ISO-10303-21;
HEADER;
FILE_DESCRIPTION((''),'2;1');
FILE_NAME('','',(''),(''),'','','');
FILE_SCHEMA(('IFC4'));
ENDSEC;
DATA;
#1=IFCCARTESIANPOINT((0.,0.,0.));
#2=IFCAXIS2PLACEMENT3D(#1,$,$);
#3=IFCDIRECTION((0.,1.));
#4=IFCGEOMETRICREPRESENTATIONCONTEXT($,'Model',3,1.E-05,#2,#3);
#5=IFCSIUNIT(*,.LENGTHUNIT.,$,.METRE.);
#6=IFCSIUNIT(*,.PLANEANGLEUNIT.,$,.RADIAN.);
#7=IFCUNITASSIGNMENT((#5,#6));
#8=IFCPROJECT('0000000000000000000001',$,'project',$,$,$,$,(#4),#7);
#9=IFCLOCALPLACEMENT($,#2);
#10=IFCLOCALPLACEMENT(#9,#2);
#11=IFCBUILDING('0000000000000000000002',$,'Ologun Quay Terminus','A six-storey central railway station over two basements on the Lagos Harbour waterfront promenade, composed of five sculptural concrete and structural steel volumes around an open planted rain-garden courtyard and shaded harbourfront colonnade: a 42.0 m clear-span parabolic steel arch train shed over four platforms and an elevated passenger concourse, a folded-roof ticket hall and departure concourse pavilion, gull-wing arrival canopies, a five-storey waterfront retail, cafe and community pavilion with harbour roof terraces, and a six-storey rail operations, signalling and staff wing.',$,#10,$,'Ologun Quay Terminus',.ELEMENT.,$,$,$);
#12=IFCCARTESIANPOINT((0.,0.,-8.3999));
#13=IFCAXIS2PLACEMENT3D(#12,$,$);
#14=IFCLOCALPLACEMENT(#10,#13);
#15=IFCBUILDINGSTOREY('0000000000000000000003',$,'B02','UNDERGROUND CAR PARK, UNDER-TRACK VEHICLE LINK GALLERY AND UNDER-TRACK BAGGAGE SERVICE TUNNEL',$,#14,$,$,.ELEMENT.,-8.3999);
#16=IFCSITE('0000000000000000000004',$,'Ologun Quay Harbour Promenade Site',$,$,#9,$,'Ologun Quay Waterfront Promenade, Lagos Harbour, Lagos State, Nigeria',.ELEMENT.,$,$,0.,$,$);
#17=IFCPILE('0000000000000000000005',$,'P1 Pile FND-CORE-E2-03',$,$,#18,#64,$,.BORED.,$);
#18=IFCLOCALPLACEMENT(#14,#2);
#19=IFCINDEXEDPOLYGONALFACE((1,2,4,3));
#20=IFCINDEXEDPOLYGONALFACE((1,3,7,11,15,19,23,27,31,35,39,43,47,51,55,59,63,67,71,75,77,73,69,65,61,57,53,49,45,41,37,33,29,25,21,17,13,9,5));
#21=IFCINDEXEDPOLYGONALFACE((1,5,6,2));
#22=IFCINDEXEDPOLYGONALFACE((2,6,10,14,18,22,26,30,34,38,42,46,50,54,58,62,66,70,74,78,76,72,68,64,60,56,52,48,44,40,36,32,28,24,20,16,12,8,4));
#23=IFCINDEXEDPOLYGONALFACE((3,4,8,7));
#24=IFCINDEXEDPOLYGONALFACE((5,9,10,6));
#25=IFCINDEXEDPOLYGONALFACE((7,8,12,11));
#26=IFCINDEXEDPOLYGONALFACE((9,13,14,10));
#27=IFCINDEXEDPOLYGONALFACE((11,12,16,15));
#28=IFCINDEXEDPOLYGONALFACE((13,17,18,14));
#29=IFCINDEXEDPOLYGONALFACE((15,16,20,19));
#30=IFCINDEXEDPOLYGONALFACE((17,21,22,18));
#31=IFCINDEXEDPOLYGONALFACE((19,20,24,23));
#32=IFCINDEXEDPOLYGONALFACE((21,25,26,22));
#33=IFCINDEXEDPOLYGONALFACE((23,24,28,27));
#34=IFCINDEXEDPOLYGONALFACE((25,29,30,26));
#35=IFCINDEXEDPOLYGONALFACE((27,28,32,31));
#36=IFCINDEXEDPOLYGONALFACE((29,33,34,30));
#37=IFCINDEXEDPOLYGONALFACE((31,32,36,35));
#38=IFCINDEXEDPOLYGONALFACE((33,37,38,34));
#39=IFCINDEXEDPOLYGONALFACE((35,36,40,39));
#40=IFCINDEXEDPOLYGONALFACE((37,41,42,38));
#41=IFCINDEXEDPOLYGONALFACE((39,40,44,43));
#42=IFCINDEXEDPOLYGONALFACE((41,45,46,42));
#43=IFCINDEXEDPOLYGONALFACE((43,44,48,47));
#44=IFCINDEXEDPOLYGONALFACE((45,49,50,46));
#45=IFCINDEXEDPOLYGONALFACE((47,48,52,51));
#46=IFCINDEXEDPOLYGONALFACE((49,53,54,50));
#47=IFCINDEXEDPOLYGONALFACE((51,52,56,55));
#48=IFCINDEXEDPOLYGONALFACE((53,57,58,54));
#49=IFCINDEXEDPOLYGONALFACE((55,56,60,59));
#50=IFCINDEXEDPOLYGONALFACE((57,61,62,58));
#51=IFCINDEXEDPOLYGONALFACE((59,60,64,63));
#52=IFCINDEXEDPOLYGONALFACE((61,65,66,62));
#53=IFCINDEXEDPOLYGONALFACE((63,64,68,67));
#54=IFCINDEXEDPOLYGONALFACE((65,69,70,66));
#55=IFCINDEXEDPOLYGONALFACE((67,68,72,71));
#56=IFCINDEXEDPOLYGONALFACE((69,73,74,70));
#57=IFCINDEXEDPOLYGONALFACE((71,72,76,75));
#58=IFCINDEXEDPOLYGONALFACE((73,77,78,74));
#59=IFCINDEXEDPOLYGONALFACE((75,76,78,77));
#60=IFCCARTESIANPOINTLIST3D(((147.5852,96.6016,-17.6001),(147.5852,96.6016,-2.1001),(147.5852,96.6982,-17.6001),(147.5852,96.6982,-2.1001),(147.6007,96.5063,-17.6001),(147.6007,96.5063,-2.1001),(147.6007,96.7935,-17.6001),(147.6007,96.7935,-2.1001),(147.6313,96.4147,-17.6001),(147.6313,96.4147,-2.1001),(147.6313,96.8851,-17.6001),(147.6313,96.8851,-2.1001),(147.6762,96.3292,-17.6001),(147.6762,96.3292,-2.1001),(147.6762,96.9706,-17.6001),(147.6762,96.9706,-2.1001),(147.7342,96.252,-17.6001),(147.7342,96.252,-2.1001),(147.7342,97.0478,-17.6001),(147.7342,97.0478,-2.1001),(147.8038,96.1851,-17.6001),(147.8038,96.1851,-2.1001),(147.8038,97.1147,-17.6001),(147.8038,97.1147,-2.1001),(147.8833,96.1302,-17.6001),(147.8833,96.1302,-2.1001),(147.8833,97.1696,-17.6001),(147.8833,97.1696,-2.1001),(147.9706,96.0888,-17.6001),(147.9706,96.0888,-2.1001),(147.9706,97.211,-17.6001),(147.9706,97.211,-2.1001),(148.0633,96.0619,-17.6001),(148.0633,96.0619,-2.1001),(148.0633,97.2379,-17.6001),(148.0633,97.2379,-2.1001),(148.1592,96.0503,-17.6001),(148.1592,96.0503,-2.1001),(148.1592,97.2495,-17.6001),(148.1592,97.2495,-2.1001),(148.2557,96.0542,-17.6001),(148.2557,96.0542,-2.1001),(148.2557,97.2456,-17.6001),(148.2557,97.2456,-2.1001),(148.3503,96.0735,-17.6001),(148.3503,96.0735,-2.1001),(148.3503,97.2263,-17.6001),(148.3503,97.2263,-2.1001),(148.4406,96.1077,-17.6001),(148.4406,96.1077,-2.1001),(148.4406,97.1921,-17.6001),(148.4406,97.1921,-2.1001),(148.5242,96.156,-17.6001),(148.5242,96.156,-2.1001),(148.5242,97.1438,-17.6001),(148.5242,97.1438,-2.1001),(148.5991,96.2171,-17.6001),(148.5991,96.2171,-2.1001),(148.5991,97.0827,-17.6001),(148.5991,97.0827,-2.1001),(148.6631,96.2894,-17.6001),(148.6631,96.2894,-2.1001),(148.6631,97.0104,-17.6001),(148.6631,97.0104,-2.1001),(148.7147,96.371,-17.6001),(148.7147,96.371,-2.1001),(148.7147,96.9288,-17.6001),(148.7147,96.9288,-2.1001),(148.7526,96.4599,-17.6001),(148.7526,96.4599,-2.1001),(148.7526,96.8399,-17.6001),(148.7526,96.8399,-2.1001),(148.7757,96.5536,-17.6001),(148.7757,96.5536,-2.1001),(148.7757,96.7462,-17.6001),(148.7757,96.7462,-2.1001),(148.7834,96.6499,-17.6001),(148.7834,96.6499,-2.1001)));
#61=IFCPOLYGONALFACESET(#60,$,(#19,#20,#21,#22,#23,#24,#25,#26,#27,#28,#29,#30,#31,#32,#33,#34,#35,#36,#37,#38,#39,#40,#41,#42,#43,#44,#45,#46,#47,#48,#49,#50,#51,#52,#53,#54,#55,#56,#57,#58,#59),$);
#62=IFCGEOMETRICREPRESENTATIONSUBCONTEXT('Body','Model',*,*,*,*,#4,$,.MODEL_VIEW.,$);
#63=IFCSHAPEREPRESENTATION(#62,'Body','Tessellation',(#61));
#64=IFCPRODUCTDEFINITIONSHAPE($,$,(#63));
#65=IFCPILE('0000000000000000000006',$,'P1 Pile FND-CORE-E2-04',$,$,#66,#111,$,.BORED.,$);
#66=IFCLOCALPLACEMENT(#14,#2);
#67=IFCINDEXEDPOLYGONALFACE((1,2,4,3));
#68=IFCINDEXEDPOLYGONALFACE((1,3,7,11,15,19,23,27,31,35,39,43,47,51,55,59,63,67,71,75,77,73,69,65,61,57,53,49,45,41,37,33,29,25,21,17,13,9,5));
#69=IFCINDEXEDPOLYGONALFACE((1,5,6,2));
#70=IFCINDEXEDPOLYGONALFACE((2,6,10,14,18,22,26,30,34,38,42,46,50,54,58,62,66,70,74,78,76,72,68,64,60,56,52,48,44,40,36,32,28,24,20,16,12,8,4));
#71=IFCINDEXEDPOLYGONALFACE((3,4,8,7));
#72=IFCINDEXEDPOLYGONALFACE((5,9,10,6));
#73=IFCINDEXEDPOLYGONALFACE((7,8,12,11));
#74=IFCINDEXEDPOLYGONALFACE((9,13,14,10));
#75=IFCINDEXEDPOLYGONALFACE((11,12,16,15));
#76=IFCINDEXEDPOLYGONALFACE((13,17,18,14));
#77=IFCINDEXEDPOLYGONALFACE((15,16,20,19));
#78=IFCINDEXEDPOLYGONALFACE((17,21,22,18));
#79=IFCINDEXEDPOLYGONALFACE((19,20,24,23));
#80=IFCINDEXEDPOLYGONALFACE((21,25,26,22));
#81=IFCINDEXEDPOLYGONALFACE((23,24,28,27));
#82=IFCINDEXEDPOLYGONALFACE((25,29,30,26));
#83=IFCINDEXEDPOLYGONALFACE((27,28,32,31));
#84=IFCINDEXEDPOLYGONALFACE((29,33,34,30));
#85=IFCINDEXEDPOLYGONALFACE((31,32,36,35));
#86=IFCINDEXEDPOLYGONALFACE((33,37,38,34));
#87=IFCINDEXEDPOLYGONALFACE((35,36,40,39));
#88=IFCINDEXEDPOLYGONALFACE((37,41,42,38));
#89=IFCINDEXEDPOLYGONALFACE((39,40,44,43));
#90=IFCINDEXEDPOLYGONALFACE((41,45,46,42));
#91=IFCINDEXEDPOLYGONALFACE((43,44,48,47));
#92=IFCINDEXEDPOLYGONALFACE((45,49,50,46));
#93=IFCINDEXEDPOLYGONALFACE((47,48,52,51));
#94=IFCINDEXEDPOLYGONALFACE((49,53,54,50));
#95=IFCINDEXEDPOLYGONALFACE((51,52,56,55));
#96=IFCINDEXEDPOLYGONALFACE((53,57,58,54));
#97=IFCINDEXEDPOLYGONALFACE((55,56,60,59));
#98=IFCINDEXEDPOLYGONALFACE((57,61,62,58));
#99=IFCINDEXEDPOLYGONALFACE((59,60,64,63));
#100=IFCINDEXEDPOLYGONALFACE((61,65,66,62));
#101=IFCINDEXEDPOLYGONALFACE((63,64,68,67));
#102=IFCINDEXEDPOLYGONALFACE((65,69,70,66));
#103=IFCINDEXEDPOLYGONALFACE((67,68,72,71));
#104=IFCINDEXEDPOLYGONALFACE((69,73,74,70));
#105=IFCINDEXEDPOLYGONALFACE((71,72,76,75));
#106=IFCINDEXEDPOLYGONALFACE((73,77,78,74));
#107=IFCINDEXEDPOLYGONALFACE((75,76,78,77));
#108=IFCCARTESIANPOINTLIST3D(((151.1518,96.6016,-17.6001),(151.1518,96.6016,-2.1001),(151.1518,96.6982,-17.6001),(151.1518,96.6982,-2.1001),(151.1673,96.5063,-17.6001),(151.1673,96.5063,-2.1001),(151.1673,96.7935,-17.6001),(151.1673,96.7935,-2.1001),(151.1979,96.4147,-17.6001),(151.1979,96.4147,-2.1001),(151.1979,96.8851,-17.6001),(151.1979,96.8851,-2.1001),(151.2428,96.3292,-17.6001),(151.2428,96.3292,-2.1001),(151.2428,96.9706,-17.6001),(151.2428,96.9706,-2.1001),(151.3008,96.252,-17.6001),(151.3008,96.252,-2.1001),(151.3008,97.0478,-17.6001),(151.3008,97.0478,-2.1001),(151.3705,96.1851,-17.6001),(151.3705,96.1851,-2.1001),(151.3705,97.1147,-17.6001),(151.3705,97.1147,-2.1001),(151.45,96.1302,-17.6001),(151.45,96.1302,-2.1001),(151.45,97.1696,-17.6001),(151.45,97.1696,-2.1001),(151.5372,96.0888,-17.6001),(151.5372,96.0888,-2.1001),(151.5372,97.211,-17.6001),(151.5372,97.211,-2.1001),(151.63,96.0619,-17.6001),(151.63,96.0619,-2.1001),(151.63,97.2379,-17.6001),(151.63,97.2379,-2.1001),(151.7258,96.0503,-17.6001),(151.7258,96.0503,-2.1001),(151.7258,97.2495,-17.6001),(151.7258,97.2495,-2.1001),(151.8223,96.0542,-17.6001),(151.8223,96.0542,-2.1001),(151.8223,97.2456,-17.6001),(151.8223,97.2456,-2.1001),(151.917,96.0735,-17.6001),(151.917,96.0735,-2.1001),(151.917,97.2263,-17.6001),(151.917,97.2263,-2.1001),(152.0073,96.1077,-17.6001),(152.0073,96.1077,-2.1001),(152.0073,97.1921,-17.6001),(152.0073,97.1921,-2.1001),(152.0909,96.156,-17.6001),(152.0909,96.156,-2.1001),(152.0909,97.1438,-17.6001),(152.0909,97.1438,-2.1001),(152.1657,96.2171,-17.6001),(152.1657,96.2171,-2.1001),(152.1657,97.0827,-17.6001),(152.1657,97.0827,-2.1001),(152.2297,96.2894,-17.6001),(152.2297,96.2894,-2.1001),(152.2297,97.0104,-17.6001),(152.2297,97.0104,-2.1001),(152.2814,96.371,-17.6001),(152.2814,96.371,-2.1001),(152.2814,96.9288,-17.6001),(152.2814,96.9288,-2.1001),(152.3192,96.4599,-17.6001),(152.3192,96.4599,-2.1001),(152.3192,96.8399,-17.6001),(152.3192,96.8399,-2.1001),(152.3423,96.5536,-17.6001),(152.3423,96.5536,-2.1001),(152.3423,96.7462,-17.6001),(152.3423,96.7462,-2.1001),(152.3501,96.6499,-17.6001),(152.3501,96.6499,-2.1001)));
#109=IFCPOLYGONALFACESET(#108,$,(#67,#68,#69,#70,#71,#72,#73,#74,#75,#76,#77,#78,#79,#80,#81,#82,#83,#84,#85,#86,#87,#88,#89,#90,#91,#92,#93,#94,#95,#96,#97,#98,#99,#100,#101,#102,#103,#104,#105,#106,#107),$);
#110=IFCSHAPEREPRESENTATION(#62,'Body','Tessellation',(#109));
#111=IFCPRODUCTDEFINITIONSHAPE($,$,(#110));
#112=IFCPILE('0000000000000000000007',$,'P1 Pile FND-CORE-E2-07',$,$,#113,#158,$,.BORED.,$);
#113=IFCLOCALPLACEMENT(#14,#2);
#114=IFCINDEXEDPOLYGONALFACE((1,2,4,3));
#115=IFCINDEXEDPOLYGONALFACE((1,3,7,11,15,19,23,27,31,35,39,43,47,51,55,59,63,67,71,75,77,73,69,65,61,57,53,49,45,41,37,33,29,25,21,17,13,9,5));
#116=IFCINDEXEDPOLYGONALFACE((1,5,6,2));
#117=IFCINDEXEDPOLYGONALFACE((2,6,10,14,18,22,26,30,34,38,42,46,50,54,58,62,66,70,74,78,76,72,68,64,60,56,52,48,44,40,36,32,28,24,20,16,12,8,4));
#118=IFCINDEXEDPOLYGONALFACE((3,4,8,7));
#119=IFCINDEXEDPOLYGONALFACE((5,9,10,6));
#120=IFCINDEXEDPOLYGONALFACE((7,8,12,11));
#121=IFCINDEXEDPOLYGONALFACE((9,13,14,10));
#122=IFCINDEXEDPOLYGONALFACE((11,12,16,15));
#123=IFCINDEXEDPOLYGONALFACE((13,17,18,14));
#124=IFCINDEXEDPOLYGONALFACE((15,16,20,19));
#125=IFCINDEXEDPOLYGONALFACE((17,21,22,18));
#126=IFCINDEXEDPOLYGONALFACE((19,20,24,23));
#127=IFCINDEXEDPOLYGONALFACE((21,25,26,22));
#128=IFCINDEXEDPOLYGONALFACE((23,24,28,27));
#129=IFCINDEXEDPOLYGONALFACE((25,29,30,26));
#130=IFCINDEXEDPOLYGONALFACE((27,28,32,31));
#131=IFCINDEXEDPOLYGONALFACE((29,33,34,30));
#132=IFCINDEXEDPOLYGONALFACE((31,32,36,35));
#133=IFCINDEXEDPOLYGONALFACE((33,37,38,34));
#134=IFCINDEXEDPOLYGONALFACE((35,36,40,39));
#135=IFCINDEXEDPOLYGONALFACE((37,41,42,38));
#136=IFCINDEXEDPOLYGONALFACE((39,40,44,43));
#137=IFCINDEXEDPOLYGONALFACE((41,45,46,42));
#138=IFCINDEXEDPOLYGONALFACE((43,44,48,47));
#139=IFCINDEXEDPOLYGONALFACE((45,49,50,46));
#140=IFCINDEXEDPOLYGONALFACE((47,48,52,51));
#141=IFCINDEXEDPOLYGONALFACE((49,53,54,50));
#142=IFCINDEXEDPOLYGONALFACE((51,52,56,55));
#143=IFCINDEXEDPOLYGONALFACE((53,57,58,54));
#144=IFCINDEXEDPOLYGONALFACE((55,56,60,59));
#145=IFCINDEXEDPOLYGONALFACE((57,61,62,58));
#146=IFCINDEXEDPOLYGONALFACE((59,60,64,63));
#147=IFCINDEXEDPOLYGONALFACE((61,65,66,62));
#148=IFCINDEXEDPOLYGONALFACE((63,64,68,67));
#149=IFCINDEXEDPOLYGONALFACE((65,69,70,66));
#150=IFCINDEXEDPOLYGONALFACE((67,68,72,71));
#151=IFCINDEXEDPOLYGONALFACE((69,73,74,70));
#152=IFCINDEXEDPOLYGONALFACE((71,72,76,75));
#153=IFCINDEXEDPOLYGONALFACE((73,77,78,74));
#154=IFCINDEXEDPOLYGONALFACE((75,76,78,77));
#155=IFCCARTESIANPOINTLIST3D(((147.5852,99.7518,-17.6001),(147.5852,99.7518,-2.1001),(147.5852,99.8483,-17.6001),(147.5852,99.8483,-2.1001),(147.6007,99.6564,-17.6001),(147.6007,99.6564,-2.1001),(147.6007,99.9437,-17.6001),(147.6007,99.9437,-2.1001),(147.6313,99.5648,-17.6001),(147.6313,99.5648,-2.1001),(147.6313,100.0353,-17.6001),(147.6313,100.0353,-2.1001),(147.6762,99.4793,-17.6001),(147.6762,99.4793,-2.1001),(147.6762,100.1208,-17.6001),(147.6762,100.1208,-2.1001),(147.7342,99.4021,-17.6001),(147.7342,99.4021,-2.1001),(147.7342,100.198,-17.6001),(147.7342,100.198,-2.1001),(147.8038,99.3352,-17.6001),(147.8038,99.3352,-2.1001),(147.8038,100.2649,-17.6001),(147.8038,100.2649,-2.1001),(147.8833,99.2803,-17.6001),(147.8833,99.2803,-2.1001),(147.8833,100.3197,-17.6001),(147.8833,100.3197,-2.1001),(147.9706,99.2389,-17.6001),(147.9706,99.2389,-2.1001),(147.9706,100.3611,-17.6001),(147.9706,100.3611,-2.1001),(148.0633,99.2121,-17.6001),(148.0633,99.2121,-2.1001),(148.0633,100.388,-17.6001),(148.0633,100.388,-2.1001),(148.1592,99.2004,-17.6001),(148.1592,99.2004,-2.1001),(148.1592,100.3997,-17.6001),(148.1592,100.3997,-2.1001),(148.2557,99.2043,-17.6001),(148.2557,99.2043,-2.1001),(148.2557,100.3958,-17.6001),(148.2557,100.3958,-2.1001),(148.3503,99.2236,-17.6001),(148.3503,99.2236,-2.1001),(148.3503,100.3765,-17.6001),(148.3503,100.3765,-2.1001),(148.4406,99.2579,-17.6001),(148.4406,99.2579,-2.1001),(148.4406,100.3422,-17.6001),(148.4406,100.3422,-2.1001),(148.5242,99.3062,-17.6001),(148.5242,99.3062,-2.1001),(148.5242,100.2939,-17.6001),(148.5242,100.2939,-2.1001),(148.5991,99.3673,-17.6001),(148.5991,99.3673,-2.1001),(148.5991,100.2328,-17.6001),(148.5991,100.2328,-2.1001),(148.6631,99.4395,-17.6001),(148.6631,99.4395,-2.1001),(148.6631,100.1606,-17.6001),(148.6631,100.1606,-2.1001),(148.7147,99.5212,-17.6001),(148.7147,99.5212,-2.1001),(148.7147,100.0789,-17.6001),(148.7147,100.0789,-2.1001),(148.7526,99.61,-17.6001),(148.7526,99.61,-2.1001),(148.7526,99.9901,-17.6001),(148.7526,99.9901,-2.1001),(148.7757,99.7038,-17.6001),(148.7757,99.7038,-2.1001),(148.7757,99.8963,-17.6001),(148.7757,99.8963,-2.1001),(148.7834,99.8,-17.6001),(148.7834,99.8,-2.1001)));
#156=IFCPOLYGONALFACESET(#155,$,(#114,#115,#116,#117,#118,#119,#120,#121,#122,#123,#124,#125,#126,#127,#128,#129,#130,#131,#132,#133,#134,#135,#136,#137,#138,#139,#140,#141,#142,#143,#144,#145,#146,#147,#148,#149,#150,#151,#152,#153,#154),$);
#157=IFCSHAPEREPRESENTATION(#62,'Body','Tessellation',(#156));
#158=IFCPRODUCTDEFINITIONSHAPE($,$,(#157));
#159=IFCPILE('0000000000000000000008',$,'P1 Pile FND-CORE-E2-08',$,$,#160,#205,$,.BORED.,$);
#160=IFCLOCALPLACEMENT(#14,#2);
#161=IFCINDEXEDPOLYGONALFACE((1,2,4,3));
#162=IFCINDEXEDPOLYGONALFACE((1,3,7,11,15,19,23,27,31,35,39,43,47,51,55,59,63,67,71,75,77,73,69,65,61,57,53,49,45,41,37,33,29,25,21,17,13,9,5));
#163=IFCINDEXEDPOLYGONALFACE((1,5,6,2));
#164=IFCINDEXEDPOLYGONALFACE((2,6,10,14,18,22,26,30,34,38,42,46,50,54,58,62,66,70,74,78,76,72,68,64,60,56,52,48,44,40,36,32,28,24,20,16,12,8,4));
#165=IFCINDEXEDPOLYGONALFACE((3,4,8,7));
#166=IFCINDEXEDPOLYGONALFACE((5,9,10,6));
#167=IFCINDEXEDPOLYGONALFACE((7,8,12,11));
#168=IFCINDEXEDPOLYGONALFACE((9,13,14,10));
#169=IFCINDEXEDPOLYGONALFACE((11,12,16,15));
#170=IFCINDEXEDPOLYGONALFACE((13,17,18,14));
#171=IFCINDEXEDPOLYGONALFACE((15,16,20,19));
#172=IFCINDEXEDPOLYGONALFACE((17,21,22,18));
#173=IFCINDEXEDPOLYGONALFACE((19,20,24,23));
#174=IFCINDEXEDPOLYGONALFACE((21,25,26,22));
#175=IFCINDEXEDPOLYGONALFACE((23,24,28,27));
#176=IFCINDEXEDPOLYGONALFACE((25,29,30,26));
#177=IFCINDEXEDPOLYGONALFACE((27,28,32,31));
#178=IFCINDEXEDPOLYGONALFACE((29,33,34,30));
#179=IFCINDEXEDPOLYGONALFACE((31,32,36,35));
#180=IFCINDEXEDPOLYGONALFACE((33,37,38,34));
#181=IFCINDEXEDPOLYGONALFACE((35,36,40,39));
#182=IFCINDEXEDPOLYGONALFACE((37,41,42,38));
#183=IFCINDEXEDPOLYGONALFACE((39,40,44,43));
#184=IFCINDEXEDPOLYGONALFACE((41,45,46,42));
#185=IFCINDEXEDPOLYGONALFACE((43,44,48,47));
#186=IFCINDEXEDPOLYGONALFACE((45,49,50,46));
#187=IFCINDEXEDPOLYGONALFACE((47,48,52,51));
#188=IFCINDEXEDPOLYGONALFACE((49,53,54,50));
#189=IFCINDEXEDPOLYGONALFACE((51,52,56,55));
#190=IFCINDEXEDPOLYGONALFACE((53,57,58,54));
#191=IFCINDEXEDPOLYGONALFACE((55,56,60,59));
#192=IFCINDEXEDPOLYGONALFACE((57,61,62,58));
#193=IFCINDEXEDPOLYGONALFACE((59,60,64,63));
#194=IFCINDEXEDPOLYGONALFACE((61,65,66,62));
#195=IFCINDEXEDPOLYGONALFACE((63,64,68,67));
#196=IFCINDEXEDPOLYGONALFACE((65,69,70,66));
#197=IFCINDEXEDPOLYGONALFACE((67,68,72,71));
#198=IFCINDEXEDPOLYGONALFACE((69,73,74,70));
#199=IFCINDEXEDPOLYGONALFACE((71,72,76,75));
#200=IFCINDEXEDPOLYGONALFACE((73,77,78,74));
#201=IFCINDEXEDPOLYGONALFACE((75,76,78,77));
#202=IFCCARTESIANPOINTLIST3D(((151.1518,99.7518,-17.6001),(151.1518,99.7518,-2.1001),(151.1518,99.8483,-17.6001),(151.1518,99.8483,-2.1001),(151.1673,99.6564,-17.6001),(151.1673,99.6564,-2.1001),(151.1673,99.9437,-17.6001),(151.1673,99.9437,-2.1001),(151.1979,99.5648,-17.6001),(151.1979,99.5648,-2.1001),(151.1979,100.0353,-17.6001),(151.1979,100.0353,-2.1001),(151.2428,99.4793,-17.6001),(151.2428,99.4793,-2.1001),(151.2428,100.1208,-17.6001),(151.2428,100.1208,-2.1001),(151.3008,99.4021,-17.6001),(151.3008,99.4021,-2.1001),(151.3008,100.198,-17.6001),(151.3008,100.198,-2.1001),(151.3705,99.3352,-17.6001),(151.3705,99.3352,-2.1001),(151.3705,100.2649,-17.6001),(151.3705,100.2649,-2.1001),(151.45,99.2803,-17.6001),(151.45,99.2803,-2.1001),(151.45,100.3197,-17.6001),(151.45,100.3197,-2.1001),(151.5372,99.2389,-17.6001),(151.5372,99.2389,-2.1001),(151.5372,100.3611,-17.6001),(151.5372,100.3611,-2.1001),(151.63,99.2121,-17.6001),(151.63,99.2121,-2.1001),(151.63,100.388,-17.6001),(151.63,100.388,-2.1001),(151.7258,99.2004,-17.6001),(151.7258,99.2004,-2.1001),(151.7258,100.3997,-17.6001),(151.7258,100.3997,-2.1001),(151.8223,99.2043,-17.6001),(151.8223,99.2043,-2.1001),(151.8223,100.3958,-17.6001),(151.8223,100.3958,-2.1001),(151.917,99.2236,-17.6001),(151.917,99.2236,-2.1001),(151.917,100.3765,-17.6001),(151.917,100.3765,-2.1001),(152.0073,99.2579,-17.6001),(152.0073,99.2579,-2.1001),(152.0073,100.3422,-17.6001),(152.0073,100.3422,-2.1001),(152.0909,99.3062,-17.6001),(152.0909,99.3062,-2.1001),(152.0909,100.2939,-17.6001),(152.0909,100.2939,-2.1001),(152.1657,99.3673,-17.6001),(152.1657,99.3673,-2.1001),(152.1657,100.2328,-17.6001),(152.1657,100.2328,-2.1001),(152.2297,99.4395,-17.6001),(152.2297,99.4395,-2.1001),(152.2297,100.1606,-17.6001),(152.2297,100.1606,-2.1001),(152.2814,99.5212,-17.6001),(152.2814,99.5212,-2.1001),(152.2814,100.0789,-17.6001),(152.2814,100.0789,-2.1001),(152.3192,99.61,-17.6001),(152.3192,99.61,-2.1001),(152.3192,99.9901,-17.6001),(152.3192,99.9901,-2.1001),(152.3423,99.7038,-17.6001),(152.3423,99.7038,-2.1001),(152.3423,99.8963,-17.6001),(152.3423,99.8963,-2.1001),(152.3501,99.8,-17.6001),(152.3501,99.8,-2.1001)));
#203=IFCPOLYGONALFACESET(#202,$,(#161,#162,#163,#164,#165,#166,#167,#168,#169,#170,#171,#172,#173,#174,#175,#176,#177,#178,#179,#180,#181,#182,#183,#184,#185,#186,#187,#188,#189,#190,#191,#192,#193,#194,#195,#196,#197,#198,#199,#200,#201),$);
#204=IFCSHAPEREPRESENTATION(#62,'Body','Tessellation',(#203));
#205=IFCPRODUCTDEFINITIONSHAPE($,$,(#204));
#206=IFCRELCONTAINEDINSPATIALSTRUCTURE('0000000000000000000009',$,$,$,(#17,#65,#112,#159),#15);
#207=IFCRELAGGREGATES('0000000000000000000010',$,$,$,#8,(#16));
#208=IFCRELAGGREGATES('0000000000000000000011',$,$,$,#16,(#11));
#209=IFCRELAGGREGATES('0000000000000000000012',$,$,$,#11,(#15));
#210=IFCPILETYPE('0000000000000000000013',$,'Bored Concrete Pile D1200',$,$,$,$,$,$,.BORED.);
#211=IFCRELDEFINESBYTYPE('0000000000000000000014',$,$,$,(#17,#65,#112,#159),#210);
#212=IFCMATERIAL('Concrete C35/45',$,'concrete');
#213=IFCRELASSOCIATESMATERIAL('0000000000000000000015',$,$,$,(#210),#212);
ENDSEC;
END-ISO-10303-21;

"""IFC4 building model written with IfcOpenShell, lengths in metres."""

from ifc_helpers import new_model, si_unit, direction, frame, origin, origin_2d, place, context, subcontext, project, spatial, circle, extrude, material, material_profile, profile_set, type_object, element, save


model = new_model("IFC4")

# Units and contexts
model_context = context("Model", 3, precision=1e-05, world=origin(), true_north=direction((0.0, 1.0)))
body_context = subcontext(model_context, "Body", "Model", "MODEL_VIEW")
ifc_project = project(units=[si_unit("LENGTHUNIT", "METRE"), si_unit("PLANEANGLEUNIT", "RADIAN")], contexts=[model_context])

# Site, building, storey
site_placement = place(None, origin())
site = spatial("IfcSite", under=ifc_project, at=site_placement, Name="Ologun Quay Harbour Promenade Site", LongName="Ologun Quay Waterfront Promenade, Lagos Harbour, Lagos State, Nigeria", CompositionType="ELEMENT", RefElevation=0.0)
building_placement = place(site_placement, origin())
building = spatial("IfcBuilding", under=site, at=building_placement, Name="Ologun Quay Terminus", Description="A six-storey central railway station over two basements on the Lagos Harbour waterfront promenade, composed of five sculptural concrete and structural steel volumes around an open planted rain-garden courtyard and shaded harbourfront colonnade: a 42.0 m clear-span parabolic steel arch train shed over four platforms and an elevated passenger concourse, a folded-roof ticket hall and departure concourse pavilion, gull-wing arrival canopies, a five-storey waterfront retail, cafe and community pavilion with harbour roof terraces, and a six-storey rail operations, signalling and staff wing.", LongName="Ologun Quay Terminus", CompositionType="ELEMENT")
storey_placement = place(building_placement, frame((0.0, 0.0, -8.3999)))
storey = spatial("IfcBuildingStorey", under=building, at=storey_placement, Name="B02", Description="UNDERGROUND CAR PARK, UNDER-TRACK VEHICLE LINK GALLERY AND UNDER-TRACK BAGGAGE SERVICE TUNNEL", CompositionType="ELEMENT", Elevation=-8.3999)

# Piles
ifc_material_1 = material(Name="Concrete C35/45", Category="concrete")
ifc_material_profile_1 = material_profile(ifc_material_1, circle(Radius=0.6001, at=origin_2d()), Name="PILE D1200")
ifc_profile_set_1 = profile_set([ifc_material_profile_1], Name="Concrete C35/45")
pile_type = type_object("IfcPileType", Name="Bored Concrete Pile D1200", PredefinedType="BORED", material=ifc_profile_set_1)
for number, where, z_axis, x_axis, name in (
    (1, (148.1833, 96.6499, -2.1001), (0.0, 0.0, -1.0), (1.0, 0.0, 0.0), "P1 Pile FND-CORE-E2-03"),
    (2, (151.75, 96.6499, -2.1001), (0.0, 0.0, -1.0), (1.0, 0.0, 0.0), "P1 Pile FND-CORE-E2-04"),
    (3, (148.1833, 99.8, -2.1001), (0.0, 0.0, -1.0), (1.0, 0.0, 0.0), "P1 Pile FND-CORE-E2-07"),
    (4, (151.75, 99.8, -2.1001), (0.0, 0.0, -1.0), (1.0, 0.0, 0.0), "P1 Pile FND-CORE-E2-08"),
):
    element("IfcPile", number, at=place(storey_placement, frame(where, z_axis=z_axis, x_axis=x_axis)), inside=storey, type_object=pile_type, Name=name, PredefinedType="BORED", context=body_context, shape_type="SweptSolid", body=[
        extrude(circle(Radius=0.6001, at=origin_2d()), origin(), (0.0, 0.0, 1.0), 15.5),
    ])

save(model, "model.ifc")
